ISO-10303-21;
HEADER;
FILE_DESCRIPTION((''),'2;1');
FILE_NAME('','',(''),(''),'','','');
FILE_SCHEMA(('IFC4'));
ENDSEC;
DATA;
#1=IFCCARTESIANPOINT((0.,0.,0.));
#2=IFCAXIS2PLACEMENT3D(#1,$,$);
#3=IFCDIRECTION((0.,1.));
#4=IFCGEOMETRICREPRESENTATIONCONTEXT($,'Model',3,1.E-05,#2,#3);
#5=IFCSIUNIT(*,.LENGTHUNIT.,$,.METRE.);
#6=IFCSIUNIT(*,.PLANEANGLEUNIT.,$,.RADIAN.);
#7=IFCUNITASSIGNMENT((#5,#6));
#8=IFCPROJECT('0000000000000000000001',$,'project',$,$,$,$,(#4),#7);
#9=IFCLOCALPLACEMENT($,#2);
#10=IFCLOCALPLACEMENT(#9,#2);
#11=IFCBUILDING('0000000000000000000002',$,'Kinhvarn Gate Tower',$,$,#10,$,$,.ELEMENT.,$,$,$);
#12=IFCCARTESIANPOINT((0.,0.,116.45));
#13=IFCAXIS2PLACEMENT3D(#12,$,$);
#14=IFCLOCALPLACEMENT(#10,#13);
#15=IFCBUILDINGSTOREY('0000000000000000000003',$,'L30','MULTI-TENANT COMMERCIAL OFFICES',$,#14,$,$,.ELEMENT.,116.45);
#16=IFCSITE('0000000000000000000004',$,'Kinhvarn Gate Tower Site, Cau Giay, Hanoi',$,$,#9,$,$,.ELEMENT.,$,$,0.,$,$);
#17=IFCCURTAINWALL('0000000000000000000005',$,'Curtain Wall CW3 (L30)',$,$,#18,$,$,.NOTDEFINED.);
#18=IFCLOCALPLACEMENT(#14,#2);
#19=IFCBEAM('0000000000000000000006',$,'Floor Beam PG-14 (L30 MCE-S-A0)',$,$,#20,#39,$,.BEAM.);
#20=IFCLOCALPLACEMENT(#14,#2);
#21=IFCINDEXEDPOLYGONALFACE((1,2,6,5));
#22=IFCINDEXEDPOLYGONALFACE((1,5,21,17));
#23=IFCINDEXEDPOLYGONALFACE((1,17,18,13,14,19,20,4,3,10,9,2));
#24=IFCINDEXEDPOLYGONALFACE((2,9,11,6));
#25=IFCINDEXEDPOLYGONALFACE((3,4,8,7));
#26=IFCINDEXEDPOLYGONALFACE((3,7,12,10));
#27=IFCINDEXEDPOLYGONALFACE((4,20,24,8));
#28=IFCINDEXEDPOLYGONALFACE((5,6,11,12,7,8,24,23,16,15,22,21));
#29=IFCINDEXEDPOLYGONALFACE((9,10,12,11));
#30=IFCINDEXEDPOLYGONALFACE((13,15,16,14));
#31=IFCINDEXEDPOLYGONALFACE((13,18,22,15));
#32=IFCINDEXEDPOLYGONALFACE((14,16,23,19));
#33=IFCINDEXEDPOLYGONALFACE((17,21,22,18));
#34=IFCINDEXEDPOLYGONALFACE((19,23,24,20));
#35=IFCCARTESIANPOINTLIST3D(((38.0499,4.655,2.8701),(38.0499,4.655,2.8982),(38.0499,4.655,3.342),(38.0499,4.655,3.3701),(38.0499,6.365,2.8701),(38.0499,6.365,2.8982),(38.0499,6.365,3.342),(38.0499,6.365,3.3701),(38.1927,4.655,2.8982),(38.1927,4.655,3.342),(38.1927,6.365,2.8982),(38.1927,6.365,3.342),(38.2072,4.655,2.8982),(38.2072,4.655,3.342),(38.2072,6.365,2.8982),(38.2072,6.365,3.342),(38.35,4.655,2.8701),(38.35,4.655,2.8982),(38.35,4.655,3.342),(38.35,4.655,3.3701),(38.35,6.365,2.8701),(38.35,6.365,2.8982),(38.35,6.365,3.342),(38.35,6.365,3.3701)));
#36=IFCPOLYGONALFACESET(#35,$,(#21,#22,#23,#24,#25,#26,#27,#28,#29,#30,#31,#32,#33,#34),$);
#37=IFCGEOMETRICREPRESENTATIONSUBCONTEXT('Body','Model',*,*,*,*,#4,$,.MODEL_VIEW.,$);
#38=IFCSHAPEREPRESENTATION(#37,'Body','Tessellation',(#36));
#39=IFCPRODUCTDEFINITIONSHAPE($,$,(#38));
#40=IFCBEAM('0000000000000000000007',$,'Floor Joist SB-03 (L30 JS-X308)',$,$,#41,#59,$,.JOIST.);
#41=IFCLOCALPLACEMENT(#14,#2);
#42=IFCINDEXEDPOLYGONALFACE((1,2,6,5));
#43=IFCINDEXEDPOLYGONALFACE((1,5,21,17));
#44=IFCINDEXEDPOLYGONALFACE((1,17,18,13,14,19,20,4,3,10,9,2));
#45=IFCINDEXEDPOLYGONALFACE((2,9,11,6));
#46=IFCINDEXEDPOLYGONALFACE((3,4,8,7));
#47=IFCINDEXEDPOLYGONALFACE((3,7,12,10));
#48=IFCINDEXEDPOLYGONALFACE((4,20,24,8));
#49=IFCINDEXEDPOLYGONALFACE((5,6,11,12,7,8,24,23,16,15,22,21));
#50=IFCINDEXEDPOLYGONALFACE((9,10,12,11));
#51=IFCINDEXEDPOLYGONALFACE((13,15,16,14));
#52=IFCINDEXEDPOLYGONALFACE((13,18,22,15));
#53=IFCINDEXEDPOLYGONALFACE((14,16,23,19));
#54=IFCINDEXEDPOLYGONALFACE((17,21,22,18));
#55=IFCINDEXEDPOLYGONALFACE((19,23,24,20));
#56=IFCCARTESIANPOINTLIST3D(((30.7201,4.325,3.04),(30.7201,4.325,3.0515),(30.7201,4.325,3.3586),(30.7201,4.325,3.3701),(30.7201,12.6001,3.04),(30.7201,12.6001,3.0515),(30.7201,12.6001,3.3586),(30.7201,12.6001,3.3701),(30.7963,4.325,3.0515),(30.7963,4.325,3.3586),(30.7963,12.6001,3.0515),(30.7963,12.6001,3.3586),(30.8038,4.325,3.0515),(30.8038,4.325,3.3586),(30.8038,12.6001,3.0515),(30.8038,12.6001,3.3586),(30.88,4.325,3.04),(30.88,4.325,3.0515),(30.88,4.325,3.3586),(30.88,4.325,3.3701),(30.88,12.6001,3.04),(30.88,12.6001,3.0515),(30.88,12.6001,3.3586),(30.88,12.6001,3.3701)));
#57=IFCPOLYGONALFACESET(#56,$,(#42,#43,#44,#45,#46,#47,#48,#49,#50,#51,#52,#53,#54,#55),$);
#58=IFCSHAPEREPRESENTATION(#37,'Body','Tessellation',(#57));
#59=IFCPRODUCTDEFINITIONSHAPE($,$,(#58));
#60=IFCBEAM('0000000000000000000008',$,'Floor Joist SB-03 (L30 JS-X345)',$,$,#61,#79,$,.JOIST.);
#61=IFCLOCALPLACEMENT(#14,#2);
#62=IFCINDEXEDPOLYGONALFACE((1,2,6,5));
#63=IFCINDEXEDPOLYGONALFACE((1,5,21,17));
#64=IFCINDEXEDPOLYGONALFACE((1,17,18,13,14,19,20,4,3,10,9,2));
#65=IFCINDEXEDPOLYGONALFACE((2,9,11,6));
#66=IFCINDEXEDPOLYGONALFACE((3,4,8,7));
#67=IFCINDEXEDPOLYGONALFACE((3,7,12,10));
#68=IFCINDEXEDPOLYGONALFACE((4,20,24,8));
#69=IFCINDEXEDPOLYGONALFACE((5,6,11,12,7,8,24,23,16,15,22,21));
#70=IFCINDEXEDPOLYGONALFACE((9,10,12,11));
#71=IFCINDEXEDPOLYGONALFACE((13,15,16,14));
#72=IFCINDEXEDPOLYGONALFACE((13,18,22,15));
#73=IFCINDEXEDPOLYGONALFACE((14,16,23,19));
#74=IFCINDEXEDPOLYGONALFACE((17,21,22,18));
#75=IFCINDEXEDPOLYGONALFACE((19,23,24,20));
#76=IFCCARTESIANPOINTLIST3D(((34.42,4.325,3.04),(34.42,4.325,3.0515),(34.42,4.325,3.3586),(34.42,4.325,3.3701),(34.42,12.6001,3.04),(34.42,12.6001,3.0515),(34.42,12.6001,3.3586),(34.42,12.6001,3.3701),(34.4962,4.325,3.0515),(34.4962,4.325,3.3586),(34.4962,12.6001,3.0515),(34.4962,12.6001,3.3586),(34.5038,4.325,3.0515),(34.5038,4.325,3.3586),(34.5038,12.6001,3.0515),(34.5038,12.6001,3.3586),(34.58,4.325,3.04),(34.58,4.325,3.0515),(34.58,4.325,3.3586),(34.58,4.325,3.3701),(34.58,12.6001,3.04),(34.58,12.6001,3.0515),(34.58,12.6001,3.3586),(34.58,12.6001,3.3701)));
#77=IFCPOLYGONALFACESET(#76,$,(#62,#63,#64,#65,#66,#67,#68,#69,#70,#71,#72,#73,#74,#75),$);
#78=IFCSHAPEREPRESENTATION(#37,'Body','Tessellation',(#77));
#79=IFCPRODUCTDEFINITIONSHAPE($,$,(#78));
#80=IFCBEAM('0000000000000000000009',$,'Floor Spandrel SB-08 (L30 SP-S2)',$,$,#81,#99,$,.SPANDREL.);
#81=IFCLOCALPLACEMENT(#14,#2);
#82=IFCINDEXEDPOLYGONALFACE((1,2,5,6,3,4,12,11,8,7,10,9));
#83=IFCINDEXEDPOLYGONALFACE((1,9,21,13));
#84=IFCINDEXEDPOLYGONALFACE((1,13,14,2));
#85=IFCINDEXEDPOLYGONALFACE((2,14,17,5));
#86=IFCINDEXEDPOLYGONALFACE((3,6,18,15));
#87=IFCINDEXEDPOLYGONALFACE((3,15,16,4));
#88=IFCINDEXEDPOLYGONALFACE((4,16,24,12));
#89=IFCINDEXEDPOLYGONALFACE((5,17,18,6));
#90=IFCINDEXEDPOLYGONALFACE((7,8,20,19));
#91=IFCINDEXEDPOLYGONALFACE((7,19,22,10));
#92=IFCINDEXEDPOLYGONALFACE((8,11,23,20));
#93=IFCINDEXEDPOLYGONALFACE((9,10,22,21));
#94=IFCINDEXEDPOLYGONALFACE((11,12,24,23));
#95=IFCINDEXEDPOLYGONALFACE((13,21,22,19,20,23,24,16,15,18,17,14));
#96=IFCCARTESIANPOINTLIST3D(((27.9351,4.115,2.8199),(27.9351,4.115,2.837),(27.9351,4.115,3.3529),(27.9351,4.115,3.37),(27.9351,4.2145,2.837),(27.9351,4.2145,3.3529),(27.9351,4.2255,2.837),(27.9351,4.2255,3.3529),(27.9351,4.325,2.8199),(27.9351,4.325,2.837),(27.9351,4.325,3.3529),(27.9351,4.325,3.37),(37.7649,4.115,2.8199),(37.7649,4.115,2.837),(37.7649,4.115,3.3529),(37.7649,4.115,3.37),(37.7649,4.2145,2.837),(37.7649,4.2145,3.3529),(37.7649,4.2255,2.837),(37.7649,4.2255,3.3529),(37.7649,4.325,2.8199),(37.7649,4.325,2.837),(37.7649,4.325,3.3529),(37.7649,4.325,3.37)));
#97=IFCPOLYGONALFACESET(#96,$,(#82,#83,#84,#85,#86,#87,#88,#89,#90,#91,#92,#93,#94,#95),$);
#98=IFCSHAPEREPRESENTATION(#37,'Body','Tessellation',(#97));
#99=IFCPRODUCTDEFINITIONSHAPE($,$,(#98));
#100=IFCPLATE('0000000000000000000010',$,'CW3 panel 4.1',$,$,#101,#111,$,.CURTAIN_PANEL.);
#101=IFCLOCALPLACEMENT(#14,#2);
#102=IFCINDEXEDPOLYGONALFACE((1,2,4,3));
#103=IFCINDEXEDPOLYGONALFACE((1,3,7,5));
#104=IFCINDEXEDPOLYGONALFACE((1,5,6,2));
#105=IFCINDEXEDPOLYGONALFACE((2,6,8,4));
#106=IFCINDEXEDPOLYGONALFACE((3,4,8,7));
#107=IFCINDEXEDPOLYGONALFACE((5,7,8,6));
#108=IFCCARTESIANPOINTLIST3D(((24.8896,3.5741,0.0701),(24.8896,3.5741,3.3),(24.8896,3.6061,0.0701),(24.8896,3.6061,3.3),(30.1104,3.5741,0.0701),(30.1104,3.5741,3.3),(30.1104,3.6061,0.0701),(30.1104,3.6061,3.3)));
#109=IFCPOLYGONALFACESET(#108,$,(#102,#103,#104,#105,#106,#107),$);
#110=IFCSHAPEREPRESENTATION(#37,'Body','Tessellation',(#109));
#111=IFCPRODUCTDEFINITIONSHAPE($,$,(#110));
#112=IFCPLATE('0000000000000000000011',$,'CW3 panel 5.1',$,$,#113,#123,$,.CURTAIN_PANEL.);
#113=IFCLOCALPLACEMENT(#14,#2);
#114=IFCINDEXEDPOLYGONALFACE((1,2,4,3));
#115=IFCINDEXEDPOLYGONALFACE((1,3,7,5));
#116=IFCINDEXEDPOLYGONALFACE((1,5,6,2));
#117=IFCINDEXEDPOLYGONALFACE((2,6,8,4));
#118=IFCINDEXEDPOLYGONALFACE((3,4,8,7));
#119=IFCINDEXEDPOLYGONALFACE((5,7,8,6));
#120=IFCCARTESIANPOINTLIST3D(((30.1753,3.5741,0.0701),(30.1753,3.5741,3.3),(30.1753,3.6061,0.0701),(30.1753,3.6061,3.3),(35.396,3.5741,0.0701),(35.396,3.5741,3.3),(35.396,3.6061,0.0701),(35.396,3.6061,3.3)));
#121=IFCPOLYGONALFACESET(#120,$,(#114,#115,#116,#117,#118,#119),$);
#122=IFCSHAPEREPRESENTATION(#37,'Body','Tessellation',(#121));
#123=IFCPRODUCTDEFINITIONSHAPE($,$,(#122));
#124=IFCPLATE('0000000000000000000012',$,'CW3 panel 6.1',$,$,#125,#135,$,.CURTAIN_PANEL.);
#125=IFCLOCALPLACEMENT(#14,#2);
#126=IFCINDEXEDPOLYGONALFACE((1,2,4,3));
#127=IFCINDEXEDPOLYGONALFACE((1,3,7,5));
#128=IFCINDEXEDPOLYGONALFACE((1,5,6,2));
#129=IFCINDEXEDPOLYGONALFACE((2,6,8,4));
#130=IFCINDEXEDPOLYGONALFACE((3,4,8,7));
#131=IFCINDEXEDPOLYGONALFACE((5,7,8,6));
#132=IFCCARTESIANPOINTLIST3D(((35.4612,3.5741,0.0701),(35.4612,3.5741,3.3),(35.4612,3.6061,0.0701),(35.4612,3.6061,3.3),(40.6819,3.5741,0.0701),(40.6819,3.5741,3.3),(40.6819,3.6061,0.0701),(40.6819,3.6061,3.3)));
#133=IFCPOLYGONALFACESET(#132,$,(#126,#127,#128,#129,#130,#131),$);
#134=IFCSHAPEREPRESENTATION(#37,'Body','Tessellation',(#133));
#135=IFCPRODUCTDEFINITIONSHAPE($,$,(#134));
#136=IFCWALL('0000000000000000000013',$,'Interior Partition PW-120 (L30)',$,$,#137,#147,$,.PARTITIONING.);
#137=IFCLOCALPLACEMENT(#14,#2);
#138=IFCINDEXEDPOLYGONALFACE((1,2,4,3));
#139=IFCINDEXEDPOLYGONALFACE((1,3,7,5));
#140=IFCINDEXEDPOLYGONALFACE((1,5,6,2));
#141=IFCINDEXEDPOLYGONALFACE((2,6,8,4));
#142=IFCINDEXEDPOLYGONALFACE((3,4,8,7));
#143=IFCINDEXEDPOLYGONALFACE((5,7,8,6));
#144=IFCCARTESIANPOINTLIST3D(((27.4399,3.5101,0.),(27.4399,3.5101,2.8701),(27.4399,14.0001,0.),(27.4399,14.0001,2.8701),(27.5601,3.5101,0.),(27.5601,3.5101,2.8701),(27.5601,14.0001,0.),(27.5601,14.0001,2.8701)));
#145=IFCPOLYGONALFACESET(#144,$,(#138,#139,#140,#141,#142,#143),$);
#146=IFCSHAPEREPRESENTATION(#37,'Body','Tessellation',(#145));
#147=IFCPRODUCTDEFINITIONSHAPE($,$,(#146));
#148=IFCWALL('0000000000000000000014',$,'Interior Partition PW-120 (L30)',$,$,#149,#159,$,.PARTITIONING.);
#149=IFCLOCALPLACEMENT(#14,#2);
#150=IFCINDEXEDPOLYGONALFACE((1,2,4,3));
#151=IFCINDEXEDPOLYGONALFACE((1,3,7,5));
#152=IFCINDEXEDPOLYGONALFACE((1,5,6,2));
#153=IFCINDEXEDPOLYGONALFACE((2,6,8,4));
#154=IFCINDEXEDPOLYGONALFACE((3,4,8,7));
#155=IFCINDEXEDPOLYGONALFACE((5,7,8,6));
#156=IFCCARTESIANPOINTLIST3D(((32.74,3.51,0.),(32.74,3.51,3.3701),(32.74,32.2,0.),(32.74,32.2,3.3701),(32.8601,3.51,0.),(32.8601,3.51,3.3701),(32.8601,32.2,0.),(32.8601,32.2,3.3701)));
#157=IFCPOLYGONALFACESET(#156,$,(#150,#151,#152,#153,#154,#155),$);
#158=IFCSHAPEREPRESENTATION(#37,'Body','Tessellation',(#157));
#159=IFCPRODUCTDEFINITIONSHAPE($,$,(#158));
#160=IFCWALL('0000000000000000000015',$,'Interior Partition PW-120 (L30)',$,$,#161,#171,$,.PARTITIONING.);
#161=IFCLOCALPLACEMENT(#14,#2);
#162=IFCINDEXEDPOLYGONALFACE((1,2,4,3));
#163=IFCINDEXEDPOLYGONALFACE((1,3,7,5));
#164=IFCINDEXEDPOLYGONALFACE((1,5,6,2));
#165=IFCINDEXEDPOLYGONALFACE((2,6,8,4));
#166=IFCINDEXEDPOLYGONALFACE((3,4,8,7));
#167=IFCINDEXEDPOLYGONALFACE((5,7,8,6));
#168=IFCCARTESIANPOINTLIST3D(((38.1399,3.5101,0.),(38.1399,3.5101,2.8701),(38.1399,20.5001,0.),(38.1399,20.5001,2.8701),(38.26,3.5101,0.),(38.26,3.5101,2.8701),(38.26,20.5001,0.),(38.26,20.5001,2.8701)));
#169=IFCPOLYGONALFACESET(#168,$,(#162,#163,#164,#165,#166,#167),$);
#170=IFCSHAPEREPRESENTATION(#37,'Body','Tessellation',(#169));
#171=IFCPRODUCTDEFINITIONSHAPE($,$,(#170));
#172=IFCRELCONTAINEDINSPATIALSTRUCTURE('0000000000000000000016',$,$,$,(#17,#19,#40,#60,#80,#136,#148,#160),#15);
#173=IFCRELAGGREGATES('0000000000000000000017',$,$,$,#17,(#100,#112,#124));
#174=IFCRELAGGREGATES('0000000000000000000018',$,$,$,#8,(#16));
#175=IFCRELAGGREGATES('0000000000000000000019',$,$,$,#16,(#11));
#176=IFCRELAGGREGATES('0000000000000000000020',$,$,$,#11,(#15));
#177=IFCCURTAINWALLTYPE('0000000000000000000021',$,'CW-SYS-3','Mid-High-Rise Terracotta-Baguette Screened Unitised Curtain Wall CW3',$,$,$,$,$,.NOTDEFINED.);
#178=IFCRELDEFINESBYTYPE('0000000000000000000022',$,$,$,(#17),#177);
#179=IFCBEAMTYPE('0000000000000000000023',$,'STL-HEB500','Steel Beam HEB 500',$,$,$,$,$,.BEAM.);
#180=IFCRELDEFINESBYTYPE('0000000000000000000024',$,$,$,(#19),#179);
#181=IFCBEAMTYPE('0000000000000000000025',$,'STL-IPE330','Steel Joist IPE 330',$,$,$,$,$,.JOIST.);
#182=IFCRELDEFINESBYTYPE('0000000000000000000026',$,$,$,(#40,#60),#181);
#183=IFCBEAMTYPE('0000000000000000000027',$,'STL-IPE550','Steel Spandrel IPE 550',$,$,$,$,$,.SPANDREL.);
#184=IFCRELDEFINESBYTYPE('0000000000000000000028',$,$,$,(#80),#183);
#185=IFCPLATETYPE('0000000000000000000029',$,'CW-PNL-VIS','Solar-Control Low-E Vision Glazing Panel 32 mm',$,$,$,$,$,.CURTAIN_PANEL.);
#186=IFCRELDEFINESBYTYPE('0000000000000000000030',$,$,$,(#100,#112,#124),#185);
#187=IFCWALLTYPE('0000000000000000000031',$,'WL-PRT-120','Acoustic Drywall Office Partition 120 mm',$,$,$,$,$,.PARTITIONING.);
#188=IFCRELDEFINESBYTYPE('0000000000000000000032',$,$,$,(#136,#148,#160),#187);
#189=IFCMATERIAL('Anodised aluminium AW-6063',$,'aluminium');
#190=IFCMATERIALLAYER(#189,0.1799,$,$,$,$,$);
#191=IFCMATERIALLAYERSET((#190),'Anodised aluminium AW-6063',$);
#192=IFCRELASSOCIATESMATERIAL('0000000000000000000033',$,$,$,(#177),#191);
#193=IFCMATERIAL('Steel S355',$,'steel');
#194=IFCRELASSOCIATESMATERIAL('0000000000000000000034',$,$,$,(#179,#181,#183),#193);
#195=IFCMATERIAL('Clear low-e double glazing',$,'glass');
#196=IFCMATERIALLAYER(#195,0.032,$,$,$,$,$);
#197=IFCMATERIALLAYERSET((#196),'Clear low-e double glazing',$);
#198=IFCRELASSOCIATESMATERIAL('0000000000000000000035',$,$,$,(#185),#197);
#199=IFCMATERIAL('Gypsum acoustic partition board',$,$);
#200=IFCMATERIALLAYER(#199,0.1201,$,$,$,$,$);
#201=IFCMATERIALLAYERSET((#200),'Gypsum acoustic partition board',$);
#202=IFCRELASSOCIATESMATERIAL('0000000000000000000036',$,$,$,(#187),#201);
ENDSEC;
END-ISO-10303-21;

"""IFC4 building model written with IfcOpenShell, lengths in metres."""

from ifc_helpers import new_model, si_unit, direction, frame, frame_2d, origin, origin_2d, place, context, subcontext, project, spatial, rectangle, i_section, extrude, material, layer, layer_set, material_profile, profile_set, type_object, element, aggregate, save


model = new_model("IFC4")

# Units and contexts
model_context = context("Model", 3, precision=1e-05, world=origin(), true_north=direction((0.0, 1.0)))
body_context = subcontext(model_context, "Body", "Model", "MODEL_VIEW")
ifc_project = project(units=[si_unit("LENGTHUNIT", "METRE"), si_unit("PLANEANGLEUNIT", "RADIAN")], contexts=[model_context])

# Site, building, storey
site_placement = place(None, origin())
site = spatial("IfcSite", under=ifc_project, at=site_placement, Name="Kinhvarn Gate Tower Site, Cau Giay, Hanoi", CompositionType="ELEMENT", RefElevation=0.0)
building_placement = place(site_placement, origin())
building = spatial("IfcBuilding", under=site, at=building_placement, Name="Kinhvarn Gate Tower", CompositionType="ELEMENT")
storey_placement = place(building_placement, frame((0.0, 0.0, 116.45)))
storey = spatial("IfcBuildingStorey", under=building, at=storey_placement, Name="L30", Description="MULTI-TENANT COMMERCIAL OFFICES", CompositionType="ELEMENT", Elevation=116.45)

# Curtain wall
ifc_material_1 = material(Name="Anodised aluminium AW-6063", Category="aluminium")
ifc_layer_1 = layer(ifc_material_1, 0.1799)
ifc_layer_set_1 = layer_set([ifc_layer_1], Name="Anodised aluminium AW-6063")
curtain_wall_type = type_object("IfcCurtainWallType", Name="CW-SYS-3", Description="Mid-High-Rise Terracotta-Baguette Screened Unitised Curtain Wall CW3", PredefinedType="NOTDEFINED", material=ifc_layer_set_1)
curtain_wall_placement = place(storey_placement, origin())
curtain_wall = element("IfcCurtainWall", 1, at=curtain_wall_placement, inside=storey, type_object=curtain_wall_type, Name="Curtain Wall CW3 (L30)", PredefinedType="NOTDEFINED")

# Beams
ifc_material_2 = material(Name="Steel S355", Category="steel")
ifc_material_profile_1 = material_profile(ifc_material_2, i_section(OverallWidth=0.3, OverallDepth=0.5, WebThickness=0.0144, FlangeThickness=0.0281, at=origin_2d()), Name="HEB 500")
ifc_profile_set_1 = profile_set([ifc_material_profile_1], Name="Steel S355")
beam_type_1 = type_object("IfcBeamType", Name="STL-HEB500", Description="Steel Beam HEB 500", PredefinedType="BEAM", material=ifc_profile_set_1)
beam_1_placement = place(storey_placement, frame((38.2, 4.655, 3.1201), z_axis=(0.0, 1.0, 0.0), x_axis=(-1.0, 0.0, 0.0)))
element("IfcBeam", 2, at=beam_1_placement, inside=storey, type_object=beam_type_1, Name="Floor Beam PG-14 (L30 MCE-S-A0)", PredefinedType="BEAM", context=body_context, shape_type="SweptSolid", body=[
    extrude(i_section(OverallWidth=0.3, OverallDepth=0.5, WebThickness=0.0144, FlangeThickness=0.0281, at=origin_2d()), origin(), (0.0, 0.0, 1.0), 1.71),
])
ifc_material_profile_2 = material_profile(ifc_material_2, i_section(OverallWidth=0.1599, OverallDepth=0.3301, WebThickness=0.0076, FlangeThickness=0.0115, at=origin_2d()), Name="IPE 330")
ifc_profile_set_2 = profile_set([ifc_material_profile_2], Name="Steel S355")
beam_type_2 = type_object("IfcBeamType", Name="STL-IPE330", Description="Steel Joist IPE 330", PredefinedType="JOIST", material=ifc_profile_set_2)
for number, where, z_axis, x_axis, name in (
    (3, (30.8, 4.325, 3.2051), (0.0, 1.0, 0.0), (-1.0, 0.0, 0.0), "Floor Joist SB-03 (L30 JS-X308)"),
    (4, (34.5, 4.325, 3.2051), (0.0, 1.0, 0.0), (-1.0, 0.0, 0.0), "Floor Joist SB-03 (L30 JS-X345)"),
):
    element("IfcBeam", number, at=place(storey_placement, frame(where, z_axis=z_axis, x_axis=x_axis)), inside=storey, type_object=beam_type_2, Name=name, PredefinedType="JOIST", context=body_context, shape_type="SweptSolid", body=[
        extrude(i_section(OverallWidth=0.1599, OverallDepth=0.3301, WebThickness=0.0076, FlangeThickness=0.0115, at=origin_2d()), origin(), (0.0, 0.0, 1.0), 8.2751),
    ])
ifc_material_profile_3 = material_profile(ifc_material_2, i_section(OverallWidth=0.21, OverallDepth=0.55, WebThickness=0.011, FlangeThickness=0.0171, at=origin_2d()), Name="IPE 550")
ifc_profile_set_3 = profile_set([ifc_material_profile_3], Name="Steel S355")
beam_type_3 = type_object("IfcBeamType", Name="STL-IPE550", Description="Steel Spandrel IPE 550", PredefinedType="SPANDREL", material=ifc_profile_set_3)
beam_2_placement = place(storey_placement, frame((27.9351, 4.22, 3.095), z_axis=(1.0, 0.0, 0.0), x_axis=(0.0, 1.0, 0.0)))
element("IfcBeam", 5, at=beam_2_placement, inside=storey, type_object=beam_type_3, Name="Floor Spandrel SB-08 (L30 SP-S2)", PredefinedType="SPANDREL", context=body_context, shape_type="SweptSolid", body=[
    extrude(i_section(OverallWidth=0.21, OverallDepth=0.55, WebThickness=0.011, FlangeThickness=0.0171, at=origin_2d()), origin(), (0.0, 0.0, 1.0), 9.8298),
])

# Plates
ifc_material_3 = material(Name="Clear low-e double glazing", Category="glass")
ifc_layer_2 = layer(ifc_material_3, 0.032)
ifc_layer_set_2 = layer_set([ifc_layer_2], Name="Clear low-e double glazing")
plate_type = type_object("IfcPlateType", Name="CW-PNL-VIS", Description="Solar-Control Low-E Vision Glazing Panel 32 mm", PredefinedType="CURTAIN_PANEL", material=ifc_layer_set_2)
plate_1_placement = place(storey_placement, frame((27.5, 3.5901, 0.0701), z_axis=(0.0, 0.0, 1.0), x_axis=(1.0, 0.0, 0.0)))
plate_1 = element("IfcPlate", 6, at=plate_1_placement, type_object=plate_type, Name="CW3 panel 4.1", PredefinedType="CURTAIN_PANEL", context=body_context, shape_type="SweptSolid", body=[
    extrude(rectangle(XDim=5.2207, YDim=0.032, at=origin_2d()), origin(), (0.0, 0.0, 1.0), 3.23),
])
plate_2_placement = place(storey_placement, frame((32.7856, 3.5901, 0.0701), z_axis=(0.0, 0.0, 1.0), x_axis=(1.0, 0.0, 0.0)))
plate_2 = element("IfcPlate", 7, at=plate_2_placement, type_object=plate_type, Name="CW3 panel 5.1", PredefinedType="CURTAIN_PANEL", context=body_context, shape_type="SweptSolid", body=[
    extrude(rectangle(XDim=5.2207, YDim=0.032, at=origin_2d()), origin(), (0.0, 0.0, 1.0), 3.23),
])
plate_3_placement = place(storey_placement, frame((38.0715, 3.5901, 0.0701), z_axis=(0.0, 0.0, 1.0), x_axis=(1.0, 0.0, 0.0)))
plate_3 = element("IfcPlate", 8, at=plate_3_placement, type_object=plate_type, Name="CW3 panel 6.1", PredefinedType="CURTAIN_PANEL", context=body_context, shape_type="SweptSolid", body=[
    extrude(rectangle(XDim=5.2207, YDim=0.032, at=origin_2d()), origin(), (0.0, 0.0, 1.0), 3.23),
])
aggregate(curtain_wall, [plate_1, plate_2, plate_3])

# Walls
ifc_material_4 = material(Name="Gypsum acoustic partition board")
ifc_layer_3 = layer(ifc_material_4, 0.1201)
ifc_layer_set_3 = layer_set([ifc_layer_3], Name="Gypsum acoustic partition board")
wall_type = type_object("IfcWallType", Name="WL-PRT-120", Description="Acoustic Drywall Office Partition 120 mm", PredefinedType="PARTITIONING", material=ifc_layer_set_3)
wall_1_placement = place(storey_placement, frame((27.5, 3.51, 0.0), z_axis=(0.0, 0.0, 1.0), x_axis=(0.0, 1.0, 0.0)))
element("IfcWall", 9, at=wall_1_placement, inside=storey, type_object=wall_type, Name="Interior Partition PW-120 (L30)", PredefinedType="PARTITIONING", context=body_context, shape_type="SweptSolid", body=[
    extrude(rectangle(XDim=10.49, YDim=0.1201, at=frame_2d((5.2451, 0.0))), origin(), (0.0, 0.0, 1.0), 2.8701),
])
wall_2_placement = place(storey_placement, frame((32.8, 3.51, 0.0), z_axis=(0.0, 0.0, 1.0), x_axis=(0.0, 1.0, 0.0)))
element("IfcWall", 10, at=wall_2_placement, inside=storey, type_object=wall_type, Name="Interior Partition PW-120 (L30)", PredefinedType="PARTITIONING", context=body_context, shape_type="SweptSolid", body=[
    extrude(rectangle(XDim=28.6899, YDim=0.1201, at=frame_2d((14.345, 0.0))), origin(), (0.0, 0.0, 1.0), 3.3701),
])
wall_3_placement = place(storey_placement, frame((38.2, 3.51, 0.0), z_axis=(0.0, 0.0, 1.0), x_axis=(0.0, 1.0, 0.0)))
element("IfcWall", 11, at=wall_3_placement, inside=storey, type_object=wall_type, Name="Interior Partition PW-120 (L30)", PredefinedType="PARTITIONING", context=body_context, shape_type="SweptSolid", body=[
    extrude(rectangle(XDim=16.99, YDim=0.1201, at=frame_2d((8.4951, 0.0))), origin(), (0.0, 0.0, 1.0), 2.8701),
])

save(model, "model.ifc")
